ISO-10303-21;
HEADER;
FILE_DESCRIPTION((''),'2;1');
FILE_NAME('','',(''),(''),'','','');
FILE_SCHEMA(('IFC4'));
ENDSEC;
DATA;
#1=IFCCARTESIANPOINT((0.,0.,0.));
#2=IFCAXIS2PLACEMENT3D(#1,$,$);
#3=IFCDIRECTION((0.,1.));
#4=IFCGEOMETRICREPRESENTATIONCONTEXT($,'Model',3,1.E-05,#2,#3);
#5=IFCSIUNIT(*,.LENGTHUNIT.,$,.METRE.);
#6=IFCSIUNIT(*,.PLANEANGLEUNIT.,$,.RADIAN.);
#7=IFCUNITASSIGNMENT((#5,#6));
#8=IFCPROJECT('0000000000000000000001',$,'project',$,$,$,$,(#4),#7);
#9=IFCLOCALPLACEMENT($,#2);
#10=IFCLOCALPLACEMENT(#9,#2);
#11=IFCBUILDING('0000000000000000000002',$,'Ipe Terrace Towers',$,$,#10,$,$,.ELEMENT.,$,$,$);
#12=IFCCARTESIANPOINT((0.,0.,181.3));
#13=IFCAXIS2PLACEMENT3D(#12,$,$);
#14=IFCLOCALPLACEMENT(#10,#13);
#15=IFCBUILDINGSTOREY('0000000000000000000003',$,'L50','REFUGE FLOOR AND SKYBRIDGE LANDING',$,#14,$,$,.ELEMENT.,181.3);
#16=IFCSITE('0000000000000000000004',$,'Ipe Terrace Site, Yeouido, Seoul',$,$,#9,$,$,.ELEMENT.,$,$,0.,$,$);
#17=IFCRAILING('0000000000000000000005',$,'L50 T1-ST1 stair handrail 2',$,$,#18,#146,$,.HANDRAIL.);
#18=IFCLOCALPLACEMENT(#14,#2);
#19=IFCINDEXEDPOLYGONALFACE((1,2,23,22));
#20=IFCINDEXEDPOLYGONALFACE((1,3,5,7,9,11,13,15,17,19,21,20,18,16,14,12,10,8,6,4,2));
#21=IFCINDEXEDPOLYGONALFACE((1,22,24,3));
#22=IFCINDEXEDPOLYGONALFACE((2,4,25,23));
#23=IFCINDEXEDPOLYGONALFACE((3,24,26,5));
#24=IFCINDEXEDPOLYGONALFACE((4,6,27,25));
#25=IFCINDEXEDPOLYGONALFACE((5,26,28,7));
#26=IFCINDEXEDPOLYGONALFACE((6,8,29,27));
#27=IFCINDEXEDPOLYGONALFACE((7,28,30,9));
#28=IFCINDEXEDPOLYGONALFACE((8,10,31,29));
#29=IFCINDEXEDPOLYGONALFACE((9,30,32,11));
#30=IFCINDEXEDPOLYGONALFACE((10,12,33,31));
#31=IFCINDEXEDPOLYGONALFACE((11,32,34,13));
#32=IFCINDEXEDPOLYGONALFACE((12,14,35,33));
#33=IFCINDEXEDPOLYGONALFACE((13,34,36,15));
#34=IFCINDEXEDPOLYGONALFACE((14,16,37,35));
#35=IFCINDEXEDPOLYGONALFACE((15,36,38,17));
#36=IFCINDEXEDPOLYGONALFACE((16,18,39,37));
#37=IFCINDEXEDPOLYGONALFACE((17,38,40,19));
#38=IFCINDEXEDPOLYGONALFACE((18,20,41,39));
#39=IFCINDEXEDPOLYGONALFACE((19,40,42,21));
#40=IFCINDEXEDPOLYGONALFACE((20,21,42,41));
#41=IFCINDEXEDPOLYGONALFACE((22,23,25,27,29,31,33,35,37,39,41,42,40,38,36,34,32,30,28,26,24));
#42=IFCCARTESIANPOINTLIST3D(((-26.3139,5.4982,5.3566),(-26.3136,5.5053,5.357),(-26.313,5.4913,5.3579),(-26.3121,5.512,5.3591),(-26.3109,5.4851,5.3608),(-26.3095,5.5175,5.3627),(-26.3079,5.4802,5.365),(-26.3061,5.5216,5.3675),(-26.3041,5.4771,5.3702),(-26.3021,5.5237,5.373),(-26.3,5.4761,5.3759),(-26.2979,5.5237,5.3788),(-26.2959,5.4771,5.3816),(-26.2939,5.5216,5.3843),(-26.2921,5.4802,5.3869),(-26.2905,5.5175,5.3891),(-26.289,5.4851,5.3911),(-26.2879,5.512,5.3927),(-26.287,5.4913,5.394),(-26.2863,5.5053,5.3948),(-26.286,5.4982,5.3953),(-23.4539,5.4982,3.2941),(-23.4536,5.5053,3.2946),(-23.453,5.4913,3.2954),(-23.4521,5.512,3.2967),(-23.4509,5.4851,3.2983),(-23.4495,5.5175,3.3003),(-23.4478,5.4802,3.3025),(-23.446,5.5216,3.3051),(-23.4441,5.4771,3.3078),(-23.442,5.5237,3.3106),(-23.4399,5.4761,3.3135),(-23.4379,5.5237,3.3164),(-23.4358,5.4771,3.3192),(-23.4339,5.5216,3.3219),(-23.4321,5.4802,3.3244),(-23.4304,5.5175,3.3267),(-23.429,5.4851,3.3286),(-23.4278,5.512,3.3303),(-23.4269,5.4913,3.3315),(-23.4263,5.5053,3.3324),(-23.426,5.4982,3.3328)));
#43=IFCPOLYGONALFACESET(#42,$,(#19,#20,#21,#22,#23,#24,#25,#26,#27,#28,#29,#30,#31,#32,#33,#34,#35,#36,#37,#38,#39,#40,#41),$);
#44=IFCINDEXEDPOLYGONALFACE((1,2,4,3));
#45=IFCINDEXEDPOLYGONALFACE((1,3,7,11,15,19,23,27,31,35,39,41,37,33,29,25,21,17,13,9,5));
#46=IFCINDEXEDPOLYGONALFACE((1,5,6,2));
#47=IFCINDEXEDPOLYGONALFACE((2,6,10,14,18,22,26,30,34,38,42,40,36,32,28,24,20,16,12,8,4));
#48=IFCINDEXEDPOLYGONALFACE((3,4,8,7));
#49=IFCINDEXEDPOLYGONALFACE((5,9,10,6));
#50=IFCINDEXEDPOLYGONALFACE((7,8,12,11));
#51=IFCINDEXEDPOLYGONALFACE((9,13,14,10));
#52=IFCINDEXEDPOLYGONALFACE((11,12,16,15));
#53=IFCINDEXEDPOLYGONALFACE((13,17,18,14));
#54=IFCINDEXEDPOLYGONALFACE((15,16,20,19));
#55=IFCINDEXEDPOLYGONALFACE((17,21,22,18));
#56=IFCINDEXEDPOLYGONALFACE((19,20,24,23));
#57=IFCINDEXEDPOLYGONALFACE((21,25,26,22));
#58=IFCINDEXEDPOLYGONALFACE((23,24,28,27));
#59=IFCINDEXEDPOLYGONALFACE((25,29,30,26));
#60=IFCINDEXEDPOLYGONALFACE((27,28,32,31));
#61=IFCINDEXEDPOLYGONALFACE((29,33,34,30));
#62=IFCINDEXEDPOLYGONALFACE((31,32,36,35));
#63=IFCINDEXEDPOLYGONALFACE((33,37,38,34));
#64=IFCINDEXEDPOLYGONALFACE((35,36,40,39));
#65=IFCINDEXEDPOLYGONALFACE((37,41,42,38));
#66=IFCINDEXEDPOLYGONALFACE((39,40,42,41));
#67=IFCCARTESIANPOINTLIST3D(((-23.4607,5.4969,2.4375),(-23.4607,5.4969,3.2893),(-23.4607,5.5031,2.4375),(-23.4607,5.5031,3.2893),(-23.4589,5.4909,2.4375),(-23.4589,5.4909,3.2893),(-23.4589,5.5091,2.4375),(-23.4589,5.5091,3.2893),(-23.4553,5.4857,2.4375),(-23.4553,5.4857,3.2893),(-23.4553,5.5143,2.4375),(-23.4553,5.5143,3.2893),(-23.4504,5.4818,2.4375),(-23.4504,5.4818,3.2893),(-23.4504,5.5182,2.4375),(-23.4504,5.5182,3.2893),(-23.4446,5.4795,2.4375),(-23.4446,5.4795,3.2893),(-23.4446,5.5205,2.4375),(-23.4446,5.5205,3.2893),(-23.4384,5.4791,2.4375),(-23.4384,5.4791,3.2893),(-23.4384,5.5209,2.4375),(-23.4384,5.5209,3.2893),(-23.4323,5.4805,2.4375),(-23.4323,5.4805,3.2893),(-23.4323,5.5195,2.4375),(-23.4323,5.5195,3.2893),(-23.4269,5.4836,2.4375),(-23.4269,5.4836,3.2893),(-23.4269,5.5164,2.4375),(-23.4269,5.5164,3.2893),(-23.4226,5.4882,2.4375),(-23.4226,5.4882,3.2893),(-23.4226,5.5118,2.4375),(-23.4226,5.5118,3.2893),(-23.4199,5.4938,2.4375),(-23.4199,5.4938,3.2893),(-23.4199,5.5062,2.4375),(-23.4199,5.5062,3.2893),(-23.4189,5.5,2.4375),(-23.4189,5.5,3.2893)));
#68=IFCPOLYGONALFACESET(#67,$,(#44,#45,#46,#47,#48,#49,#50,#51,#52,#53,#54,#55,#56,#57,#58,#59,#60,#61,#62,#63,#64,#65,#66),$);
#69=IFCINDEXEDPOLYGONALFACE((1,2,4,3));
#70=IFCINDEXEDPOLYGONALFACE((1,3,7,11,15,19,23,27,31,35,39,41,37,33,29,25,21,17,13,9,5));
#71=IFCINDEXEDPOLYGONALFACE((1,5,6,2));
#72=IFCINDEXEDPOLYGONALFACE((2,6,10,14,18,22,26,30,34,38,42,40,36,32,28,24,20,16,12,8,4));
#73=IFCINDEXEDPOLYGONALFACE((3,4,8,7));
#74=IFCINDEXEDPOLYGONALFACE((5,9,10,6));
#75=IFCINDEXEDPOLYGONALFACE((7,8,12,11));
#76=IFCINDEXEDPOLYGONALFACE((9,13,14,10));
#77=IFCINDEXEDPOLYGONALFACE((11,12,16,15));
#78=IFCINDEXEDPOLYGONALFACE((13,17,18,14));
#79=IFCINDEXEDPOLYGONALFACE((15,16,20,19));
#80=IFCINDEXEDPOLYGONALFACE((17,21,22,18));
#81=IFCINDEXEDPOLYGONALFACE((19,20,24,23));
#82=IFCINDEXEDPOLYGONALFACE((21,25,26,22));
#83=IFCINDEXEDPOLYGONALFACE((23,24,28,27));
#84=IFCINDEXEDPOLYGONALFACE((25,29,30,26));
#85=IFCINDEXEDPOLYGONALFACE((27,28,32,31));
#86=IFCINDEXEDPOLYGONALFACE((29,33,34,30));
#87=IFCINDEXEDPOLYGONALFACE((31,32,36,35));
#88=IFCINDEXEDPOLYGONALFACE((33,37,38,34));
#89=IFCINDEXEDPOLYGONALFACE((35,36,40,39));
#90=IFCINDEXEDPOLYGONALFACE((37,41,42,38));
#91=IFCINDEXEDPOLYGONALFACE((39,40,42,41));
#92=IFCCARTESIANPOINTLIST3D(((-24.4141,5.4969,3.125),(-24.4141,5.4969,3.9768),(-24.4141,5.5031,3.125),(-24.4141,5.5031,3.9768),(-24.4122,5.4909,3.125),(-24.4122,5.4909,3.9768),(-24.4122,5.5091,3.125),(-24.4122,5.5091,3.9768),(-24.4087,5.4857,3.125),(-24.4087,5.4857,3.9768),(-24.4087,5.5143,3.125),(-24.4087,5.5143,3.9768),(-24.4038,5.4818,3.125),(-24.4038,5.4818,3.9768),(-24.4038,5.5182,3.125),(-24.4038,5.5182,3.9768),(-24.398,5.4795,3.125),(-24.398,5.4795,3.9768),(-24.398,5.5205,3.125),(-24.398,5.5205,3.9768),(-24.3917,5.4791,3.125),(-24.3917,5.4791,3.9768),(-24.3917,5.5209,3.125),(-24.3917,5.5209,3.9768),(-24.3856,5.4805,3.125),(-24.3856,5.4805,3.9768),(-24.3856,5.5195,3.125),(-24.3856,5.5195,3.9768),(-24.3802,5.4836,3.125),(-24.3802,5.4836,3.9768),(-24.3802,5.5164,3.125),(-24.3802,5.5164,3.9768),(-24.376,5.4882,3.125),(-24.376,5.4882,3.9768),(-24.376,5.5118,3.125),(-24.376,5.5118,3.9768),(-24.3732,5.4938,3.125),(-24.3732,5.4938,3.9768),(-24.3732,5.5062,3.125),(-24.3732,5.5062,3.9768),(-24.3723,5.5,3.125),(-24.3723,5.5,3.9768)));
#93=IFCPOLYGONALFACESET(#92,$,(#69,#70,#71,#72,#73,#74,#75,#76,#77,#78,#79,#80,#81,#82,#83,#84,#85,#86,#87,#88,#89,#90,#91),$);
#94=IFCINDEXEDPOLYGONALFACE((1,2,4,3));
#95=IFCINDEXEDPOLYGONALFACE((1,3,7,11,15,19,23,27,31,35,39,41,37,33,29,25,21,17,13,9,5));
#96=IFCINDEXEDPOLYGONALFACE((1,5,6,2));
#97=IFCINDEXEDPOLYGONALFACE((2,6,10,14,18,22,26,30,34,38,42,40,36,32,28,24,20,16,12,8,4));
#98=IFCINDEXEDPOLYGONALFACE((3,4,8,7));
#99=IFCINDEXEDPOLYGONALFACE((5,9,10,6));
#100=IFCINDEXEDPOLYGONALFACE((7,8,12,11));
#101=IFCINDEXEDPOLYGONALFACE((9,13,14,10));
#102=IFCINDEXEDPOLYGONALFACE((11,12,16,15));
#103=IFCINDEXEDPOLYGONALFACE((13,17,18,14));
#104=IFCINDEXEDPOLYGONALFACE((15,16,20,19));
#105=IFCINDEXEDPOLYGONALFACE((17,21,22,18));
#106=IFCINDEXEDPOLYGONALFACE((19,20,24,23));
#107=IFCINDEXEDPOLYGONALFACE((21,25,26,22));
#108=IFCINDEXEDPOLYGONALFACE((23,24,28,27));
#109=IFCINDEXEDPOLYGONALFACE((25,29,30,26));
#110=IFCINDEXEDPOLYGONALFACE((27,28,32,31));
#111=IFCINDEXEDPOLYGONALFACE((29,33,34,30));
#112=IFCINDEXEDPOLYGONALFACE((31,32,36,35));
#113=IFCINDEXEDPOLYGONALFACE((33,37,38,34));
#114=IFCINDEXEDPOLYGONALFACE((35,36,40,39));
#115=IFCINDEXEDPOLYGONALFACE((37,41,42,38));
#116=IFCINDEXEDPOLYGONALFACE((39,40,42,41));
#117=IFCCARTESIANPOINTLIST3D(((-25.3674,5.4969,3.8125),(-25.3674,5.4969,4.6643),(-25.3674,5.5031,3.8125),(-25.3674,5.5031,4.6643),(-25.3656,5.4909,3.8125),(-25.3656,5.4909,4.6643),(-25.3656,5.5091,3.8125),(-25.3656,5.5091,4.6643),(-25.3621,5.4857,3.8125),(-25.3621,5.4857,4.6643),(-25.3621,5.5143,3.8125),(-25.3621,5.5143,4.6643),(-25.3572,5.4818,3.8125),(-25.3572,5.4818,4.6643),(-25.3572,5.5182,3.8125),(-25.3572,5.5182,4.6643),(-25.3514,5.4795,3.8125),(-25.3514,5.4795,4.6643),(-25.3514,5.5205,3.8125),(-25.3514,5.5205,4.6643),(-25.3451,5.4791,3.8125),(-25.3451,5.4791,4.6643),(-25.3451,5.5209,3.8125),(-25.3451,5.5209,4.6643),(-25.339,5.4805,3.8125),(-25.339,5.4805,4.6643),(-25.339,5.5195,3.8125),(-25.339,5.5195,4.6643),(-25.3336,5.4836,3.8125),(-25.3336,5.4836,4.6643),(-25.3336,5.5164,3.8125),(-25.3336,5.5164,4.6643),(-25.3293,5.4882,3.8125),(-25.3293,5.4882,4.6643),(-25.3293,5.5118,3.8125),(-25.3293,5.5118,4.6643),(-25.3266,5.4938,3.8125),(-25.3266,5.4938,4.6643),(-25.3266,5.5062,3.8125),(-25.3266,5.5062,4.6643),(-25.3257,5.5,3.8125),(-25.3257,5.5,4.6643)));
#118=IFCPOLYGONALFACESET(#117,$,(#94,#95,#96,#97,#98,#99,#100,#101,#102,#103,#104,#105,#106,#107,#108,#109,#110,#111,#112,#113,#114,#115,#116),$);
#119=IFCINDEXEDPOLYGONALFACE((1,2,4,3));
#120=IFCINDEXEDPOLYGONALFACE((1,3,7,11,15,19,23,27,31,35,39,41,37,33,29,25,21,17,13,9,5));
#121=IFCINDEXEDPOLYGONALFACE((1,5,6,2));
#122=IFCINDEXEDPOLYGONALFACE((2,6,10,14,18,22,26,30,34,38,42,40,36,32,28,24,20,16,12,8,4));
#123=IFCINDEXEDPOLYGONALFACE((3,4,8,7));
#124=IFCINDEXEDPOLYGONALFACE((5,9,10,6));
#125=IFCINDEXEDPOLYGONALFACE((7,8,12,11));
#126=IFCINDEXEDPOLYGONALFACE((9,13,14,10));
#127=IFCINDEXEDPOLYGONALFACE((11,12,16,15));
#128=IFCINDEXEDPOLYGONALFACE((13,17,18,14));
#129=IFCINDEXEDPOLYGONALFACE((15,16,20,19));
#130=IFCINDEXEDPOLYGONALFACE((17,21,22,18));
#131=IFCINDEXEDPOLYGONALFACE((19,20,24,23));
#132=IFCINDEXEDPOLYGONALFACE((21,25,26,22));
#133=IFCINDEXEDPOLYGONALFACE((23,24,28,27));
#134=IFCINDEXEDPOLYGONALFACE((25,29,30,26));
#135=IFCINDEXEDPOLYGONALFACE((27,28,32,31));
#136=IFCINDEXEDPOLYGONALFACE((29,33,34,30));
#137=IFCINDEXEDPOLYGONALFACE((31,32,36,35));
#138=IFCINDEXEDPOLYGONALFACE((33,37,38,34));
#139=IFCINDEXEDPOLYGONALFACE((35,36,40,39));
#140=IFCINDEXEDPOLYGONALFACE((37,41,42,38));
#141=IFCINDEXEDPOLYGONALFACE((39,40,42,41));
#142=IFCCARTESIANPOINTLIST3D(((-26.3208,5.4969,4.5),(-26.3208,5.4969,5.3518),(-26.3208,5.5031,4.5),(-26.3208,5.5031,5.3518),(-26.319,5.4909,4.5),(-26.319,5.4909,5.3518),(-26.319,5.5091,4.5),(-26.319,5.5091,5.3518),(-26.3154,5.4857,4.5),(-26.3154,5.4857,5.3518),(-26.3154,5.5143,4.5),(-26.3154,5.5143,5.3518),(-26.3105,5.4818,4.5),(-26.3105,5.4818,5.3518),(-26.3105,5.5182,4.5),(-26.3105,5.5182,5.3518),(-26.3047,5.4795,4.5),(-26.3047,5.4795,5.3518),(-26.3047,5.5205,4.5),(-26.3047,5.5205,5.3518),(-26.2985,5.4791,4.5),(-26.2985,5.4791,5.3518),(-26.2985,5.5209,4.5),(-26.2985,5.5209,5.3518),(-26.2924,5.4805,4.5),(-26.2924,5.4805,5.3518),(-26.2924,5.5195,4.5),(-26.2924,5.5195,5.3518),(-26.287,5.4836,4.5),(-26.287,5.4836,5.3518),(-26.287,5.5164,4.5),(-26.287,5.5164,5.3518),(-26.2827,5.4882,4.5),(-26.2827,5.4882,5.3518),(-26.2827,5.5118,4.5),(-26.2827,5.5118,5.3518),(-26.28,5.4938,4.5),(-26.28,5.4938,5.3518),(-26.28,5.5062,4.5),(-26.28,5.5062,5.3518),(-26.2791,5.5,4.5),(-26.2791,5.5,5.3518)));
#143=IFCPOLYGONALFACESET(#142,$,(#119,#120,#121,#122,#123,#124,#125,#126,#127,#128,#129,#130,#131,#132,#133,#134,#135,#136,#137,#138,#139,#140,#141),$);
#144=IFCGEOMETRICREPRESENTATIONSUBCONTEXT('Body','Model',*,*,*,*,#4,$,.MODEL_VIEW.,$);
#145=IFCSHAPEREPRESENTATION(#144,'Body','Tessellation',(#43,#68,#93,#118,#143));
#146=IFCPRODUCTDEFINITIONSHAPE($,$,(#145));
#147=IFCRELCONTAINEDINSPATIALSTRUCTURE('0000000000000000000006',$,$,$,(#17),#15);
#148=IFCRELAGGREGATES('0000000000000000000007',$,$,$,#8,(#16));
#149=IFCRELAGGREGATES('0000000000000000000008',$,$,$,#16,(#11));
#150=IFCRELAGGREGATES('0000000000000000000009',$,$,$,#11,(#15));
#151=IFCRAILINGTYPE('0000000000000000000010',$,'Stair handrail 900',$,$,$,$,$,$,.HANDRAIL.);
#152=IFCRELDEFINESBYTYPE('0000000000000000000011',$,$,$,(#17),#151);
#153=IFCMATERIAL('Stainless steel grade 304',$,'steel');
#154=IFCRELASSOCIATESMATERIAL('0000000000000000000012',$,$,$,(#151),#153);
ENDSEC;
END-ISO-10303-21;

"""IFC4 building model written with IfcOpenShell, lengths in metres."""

from ifc_helpers import new_model, si_unit, direction, frame, origin, origin_2d, place, context, subcontext, project, spatial, circle, extrude, material, type_object, element, save


model = new_model("IFC4")

# Units and contexts
model_context = context("Model", 3, precision=1e-05, world=origin(), true_north=direction((0.0, 1.0)))
body_context = subcontext(model_context, "Body", "Model", "MODEL_VIEW")
ifc_project = project(units=[si_unit("LENGTHUNIT", "METRE"), si_unit("PLANEANGLEUNIT", "RADIAN")], contexts=[model_context])

# Site, building, storey
site_placement = place(None, origin())
site = spatial("IfcSite", under=ifc_project, at=site_placement, Name="Ipe Terrace Site, Yeouido, Seoul", CompositionType="ELEMENT", RefElevation=0.0)
building_placement = place(site_placement, origin())
building = spatial("IfcBuilding", under=site, at=building_placement, Name="Ipe Terrace Towers", CompositionType="ELEMENT")
storey_placement = place(building_placement, frame((0.0, 0.0, 181.3)))
storey = spatial("IfcBuildingStorey", under=building, at=storey_placement, Name="L50", Description="REFUGE FLOOR AND SKYBRIDGE LANDING", CompositionType="ELEMENT", Elevation=181.3)

# Railing
ifc_material_1 = material(Name="Stainless steel grade 304", Category="steel")
railing_type_1 = type_object("IfcRailingType", Name="Stair handrail 900", PredefinedType="HANDRAIL", material=ifc_material_1)
railing_1_placement = place(storey_placement, frame((-23.4399, 5.5, 2.4375)))
element("IfcRailing", 1, at=railing_1_placement, inside=storey, type_object=railing_type_1, Name="L50 T1-ST1 stair handrail 2", PredefinedType="HANDRAIL", context=body_context, shape_type="SweptSolid", body=[
    extrude(circle(Radius=0.0239, at=origin_2d()), frame((0.0, 0.0, 0.876), z_axis=(-0.811101, 0.0, 0.584906), x_axis=(0.0, -1.0, 0.0)), (0.0, 0.0, 1.0), 3.5261),
    extrude(circle(Radius=0.021, at=origin_2d()), origin(), (0.0, 0.0, 1.0), 0.8518),
    extrude(circle(Radius=0.021, at=origin_2d()), frame((-0.9534, 0.0, 0.6875)), (0.0, 0.0, 1.0), 0.8518),
    extrude(circle(Radius=0.021, at=origin_2d()), frame((-1.9067, 0.0, 1.375)), (0.0, 0.0, 1.0), 0.8518),
    extrude(circle(Radius=0.021, at=origin_2d()), frame((-2.8601, 0.0, 2.0625)), (0.0, 0.0, 1.0), 0.8518),
])

save(model, "model.ifc")
